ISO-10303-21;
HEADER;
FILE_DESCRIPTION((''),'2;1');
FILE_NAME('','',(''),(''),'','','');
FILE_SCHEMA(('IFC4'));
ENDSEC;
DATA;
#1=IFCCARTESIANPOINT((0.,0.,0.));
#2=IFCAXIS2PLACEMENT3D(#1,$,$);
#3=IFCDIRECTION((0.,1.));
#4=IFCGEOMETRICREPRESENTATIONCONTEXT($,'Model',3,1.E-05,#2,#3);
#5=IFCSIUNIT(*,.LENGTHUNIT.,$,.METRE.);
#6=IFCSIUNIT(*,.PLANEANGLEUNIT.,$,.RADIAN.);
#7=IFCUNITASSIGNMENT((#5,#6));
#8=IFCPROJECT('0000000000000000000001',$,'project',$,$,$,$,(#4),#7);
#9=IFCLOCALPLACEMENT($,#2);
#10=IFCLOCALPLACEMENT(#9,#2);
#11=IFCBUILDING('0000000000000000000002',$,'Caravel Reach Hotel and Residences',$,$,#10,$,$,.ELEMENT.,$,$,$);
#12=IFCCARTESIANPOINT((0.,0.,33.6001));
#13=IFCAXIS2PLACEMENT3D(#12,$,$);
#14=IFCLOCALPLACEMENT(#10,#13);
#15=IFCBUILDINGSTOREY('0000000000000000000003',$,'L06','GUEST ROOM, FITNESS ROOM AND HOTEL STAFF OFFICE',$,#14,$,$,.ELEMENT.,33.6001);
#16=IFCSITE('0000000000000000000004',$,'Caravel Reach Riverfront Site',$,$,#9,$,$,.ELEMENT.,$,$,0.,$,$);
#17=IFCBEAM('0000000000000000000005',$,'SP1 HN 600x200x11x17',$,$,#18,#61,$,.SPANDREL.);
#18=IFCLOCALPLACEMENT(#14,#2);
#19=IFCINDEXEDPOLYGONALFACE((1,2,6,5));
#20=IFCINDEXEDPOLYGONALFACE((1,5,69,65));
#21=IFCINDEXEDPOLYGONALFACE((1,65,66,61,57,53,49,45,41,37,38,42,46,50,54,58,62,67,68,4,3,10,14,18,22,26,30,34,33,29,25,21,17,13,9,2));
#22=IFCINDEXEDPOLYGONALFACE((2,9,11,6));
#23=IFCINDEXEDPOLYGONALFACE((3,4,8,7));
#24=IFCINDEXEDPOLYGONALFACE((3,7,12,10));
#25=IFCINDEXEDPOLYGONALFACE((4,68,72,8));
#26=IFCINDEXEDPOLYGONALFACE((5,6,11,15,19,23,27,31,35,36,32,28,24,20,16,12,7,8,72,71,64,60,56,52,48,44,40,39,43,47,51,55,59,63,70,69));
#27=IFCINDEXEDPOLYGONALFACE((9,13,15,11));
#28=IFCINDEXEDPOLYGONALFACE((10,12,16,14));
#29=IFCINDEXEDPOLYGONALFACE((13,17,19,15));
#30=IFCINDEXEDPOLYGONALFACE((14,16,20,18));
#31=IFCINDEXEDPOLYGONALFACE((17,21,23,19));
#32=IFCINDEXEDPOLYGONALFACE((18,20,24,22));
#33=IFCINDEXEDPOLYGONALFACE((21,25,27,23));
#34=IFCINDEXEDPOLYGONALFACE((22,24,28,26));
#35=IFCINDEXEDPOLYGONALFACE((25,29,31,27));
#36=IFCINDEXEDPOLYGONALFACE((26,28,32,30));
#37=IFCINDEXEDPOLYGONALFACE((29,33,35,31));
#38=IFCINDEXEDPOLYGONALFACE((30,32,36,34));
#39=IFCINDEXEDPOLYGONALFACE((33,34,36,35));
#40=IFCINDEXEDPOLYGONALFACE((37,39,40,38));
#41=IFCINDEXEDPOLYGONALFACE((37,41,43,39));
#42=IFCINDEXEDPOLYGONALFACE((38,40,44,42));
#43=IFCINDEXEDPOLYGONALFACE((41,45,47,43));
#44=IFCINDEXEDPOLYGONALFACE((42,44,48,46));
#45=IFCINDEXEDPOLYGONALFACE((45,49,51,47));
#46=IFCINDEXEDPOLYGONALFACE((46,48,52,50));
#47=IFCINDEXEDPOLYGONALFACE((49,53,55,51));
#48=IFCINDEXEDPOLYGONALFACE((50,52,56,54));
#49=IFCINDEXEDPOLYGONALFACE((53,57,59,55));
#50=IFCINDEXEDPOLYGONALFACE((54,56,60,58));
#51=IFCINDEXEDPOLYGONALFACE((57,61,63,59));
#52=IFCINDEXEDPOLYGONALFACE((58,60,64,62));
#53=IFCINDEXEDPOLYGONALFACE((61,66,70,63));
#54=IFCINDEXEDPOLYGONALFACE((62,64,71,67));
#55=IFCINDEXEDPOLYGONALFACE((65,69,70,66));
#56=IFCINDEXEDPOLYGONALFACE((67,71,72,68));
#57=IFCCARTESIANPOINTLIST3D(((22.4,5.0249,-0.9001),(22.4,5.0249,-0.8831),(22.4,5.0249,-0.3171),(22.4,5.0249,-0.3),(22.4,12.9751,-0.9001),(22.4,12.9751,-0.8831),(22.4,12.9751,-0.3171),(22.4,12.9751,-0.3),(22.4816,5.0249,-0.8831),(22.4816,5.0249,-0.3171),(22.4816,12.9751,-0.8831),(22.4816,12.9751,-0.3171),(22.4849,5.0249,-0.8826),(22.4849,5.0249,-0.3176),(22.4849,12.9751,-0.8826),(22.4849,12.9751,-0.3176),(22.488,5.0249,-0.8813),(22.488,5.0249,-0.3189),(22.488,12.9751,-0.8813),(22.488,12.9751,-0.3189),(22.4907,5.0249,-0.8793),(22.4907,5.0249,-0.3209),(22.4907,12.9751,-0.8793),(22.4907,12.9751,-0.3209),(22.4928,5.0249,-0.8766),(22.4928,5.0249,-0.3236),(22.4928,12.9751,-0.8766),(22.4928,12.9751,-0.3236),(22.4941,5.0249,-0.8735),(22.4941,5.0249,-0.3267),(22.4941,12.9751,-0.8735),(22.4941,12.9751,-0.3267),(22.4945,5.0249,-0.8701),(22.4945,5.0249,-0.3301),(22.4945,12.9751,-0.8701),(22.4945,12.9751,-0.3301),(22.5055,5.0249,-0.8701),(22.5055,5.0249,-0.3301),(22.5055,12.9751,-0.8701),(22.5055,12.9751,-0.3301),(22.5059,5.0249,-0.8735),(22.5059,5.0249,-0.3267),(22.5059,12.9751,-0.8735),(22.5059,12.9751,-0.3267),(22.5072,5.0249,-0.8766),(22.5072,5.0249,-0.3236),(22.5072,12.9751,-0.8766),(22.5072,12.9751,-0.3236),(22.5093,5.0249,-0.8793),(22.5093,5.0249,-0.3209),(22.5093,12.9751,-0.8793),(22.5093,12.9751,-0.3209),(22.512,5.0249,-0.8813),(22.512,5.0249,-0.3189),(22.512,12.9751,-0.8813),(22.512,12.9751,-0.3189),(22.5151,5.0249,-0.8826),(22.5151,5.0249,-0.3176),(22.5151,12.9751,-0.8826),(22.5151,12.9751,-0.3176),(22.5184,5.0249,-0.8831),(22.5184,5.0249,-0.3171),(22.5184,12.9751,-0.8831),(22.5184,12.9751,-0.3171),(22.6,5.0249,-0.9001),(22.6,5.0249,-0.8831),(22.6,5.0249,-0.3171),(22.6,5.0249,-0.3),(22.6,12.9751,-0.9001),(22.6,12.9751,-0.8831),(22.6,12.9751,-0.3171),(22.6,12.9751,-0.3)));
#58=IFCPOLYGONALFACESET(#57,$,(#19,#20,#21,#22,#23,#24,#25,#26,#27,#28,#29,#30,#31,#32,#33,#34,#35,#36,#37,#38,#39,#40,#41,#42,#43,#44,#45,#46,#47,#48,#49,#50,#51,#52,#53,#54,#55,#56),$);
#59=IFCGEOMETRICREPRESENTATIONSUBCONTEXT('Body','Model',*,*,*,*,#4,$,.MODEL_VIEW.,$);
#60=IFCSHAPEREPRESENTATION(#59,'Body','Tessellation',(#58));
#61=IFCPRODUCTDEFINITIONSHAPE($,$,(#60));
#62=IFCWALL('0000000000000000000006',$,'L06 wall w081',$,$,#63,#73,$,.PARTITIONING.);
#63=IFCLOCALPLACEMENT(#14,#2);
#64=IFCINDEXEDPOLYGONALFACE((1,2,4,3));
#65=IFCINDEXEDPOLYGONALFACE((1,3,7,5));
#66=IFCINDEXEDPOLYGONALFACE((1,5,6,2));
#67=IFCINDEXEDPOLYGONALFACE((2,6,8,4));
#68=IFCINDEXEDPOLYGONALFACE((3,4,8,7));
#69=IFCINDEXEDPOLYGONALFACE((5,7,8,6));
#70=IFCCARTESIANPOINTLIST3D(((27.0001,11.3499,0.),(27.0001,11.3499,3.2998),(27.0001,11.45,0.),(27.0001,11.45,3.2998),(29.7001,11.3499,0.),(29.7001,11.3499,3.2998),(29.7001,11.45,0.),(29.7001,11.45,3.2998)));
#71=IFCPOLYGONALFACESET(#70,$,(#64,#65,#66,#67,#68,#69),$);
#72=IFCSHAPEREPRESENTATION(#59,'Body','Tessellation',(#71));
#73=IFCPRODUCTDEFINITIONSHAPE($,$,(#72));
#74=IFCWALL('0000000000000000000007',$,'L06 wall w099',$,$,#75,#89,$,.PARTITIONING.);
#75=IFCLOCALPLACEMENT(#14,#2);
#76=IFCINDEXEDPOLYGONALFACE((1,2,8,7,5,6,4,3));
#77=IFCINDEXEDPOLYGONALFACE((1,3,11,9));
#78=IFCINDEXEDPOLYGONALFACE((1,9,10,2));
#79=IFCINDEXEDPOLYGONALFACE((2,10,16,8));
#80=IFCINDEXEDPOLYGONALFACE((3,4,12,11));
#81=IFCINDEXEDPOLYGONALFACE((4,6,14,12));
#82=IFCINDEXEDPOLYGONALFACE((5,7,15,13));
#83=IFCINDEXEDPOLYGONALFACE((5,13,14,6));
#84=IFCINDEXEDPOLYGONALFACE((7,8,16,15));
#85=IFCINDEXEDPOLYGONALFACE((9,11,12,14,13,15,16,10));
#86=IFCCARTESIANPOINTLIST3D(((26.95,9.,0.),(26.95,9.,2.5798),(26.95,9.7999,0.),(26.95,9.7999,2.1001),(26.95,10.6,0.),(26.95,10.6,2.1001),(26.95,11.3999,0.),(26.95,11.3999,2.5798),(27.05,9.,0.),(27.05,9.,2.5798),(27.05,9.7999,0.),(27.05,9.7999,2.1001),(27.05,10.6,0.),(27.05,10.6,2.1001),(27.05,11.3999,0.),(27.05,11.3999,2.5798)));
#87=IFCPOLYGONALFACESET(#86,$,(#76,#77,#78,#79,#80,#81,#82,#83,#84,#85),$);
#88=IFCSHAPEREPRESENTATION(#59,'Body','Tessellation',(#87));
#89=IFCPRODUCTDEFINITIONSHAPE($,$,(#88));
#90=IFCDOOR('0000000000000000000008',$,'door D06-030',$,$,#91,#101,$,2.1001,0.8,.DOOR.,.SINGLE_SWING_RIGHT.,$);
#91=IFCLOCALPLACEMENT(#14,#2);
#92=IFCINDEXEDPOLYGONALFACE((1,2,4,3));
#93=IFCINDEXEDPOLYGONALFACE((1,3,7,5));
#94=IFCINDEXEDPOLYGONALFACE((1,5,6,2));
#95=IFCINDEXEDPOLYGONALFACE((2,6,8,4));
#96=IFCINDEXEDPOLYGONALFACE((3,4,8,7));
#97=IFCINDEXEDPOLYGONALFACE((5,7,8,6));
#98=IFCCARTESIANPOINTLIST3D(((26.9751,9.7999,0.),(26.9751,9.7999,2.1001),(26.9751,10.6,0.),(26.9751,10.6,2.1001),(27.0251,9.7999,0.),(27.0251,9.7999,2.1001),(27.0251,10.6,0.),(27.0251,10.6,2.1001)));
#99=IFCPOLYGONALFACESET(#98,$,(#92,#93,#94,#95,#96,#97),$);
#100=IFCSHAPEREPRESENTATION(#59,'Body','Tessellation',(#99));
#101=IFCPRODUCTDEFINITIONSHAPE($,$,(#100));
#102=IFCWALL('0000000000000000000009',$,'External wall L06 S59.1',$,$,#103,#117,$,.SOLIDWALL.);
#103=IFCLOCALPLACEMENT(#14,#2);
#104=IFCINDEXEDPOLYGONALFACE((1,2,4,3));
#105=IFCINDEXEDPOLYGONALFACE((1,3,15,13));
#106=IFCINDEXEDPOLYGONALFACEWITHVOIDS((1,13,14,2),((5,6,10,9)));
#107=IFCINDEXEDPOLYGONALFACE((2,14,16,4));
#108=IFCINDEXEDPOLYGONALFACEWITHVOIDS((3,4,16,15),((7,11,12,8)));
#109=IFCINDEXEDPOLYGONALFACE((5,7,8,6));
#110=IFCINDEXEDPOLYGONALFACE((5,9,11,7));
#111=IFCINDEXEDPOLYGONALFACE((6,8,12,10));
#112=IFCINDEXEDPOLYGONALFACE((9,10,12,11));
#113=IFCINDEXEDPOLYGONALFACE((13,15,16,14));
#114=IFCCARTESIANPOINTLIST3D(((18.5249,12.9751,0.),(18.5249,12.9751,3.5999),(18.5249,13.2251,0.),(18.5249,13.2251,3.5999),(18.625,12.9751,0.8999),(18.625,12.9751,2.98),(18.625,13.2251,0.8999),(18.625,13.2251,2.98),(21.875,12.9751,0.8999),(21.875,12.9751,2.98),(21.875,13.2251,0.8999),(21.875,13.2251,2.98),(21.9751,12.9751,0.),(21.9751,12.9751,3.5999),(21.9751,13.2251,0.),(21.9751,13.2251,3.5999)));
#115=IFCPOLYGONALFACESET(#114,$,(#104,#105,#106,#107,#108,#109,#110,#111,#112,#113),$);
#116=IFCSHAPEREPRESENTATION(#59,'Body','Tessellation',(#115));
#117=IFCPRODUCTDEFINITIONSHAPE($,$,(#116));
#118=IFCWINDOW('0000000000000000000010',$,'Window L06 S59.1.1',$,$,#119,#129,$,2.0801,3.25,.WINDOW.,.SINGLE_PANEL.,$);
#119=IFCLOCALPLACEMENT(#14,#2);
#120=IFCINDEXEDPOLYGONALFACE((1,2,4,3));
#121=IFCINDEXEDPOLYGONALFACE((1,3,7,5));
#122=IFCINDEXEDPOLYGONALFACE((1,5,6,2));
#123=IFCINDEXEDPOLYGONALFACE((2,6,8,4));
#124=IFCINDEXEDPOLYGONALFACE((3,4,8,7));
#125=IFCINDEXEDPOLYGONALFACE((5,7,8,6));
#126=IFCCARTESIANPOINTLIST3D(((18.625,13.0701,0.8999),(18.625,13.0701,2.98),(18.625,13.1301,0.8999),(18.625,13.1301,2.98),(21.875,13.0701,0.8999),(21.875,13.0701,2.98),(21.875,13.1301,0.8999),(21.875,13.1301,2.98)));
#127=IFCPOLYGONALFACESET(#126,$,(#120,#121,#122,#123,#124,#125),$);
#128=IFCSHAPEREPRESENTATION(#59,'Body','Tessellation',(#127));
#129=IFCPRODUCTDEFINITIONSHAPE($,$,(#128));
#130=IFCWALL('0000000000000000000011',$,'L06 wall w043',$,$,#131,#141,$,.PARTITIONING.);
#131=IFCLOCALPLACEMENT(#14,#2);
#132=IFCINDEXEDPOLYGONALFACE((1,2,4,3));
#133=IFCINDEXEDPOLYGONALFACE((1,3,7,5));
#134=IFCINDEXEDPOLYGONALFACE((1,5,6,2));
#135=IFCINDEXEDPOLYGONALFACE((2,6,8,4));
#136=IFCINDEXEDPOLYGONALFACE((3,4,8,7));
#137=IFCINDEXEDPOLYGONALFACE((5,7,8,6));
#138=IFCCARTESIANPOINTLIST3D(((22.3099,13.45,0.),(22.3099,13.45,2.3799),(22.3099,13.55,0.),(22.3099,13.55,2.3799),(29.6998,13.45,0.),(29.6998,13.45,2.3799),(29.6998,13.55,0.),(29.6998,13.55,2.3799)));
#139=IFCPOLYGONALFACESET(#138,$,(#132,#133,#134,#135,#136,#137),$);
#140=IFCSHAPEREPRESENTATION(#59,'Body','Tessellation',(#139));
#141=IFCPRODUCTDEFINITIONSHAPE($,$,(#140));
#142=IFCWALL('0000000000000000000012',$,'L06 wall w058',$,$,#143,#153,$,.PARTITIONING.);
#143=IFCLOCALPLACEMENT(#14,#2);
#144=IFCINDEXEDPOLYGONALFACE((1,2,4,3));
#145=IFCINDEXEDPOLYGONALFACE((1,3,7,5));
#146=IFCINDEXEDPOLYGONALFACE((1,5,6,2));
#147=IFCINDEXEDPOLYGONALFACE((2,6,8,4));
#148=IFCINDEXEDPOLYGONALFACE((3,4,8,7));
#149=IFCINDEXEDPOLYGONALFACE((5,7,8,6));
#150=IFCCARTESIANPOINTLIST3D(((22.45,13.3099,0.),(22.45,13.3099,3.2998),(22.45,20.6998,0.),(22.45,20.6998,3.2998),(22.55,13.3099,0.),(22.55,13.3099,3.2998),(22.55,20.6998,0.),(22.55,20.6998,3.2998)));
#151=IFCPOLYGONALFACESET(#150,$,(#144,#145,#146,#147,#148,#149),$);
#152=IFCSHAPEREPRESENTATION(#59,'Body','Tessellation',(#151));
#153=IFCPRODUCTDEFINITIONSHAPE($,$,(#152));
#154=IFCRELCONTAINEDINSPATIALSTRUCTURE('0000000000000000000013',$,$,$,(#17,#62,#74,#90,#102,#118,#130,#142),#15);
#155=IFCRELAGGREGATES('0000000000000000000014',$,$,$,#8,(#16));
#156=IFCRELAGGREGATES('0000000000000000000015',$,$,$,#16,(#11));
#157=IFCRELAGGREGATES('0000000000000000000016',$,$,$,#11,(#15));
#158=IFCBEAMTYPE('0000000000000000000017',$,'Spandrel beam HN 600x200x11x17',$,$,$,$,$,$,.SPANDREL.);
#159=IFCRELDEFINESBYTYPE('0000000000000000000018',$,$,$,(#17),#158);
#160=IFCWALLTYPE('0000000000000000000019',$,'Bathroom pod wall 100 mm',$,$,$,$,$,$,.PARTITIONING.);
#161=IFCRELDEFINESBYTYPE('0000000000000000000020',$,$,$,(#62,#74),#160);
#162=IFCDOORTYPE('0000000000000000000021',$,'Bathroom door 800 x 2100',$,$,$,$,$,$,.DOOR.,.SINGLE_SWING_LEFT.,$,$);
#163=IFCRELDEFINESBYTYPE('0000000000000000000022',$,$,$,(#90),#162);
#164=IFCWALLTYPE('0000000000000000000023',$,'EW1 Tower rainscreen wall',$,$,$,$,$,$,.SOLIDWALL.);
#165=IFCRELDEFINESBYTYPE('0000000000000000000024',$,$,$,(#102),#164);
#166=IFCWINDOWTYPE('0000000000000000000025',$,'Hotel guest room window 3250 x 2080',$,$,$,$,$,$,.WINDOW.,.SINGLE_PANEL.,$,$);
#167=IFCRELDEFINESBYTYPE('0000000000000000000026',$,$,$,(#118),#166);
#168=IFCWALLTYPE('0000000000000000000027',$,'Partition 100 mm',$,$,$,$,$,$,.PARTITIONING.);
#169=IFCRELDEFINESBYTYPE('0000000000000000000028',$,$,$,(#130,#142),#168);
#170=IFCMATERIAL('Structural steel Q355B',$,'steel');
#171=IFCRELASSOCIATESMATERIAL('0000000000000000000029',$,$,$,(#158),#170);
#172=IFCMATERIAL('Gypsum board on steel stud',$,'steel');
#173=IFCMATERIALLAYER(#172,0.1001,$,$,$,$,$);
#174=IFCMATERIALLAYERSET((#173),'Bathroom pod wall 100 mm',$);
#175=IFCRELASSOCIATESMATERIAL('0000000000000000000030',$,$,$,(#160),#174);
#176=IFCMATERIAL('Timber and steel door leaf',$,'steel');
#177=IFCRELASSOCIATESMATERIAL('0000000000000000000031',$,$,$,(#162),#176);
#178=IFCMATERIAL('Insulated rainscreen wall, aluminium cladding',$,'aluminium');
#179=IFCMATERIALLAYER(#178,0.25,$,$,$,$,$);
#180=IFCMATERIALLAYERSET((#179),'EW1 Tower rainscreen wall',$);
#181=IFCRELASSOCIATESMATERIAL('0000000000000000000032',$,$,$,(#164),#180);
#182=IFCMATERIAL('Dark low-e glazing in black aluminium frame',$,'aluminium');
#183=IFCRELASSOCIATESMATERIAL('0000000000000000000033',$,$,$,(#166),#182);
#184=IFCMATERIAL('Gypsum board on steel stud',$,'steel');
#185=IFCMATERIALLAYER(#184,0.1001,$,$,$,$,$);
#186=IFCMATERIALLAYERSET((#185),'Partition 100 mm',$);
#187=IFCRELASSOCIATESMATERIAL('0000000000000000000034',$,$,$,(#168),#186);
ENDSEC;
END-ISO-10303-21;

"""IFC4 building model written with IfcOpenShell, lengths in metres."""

from ifc_helpers import new_model, si_unit, direction, frame, frame_2d, origin, origin_2d, place, context, subcontext, project, spatial, rectangle, i_section, extrude, material, layer, layer_set, material_profile, profile_set, type_object, element, fill, save


model = new_model("IFC4")

# Units and contexts
model_context = context("Model", 3, precision=1e-05, world=origin(), true_north=direction((0.0, 1.0)))
body_context = subcontext(model_context, "Body", "Model", "MODEL_VIEW")
ifc_project = project(units=[si_unit("LENGTHUNIT", "METRE"), si_unit("PLANEANGLEUNIT", "RADIAN")], contexts=[model_context])

# Site, building, storey
site_placement = place(None, origin())
site = spatial("IfcSite", under=ifc_project, at=site_placement, Name="Caravel Reach Riverfront Site", CompositionType="ELEMENT", RefElevation=0.0)
building_placement = place(site_placement, origin())
building = spatial("IfcBuilding", under=site, at=building_placement, Name="Caravel Reach Hotel and Residences", CompositionType="ELEMENT")
storey_placement = place(building_placement, frame((0.0, 0.0, 33.6001)))
storey = spatial("IfcBuildingStorey", under=building, at=storey_placement, Name="L06", Description="GUEST ROOM, FITNESS ROOM AND HOTEL STAFF OFFICE", CompositionType="ELEMENT", Elevation=33.6001)

# Beam
ifc_material_1 = material(Name="Structural steel Q355B", Category="steel")
ifc_material_profile_1 = material_profile(ifc_material_1, i_section(OverallWidth=0.2, OverallDepth=0.6001, WebThickness=0.011, FlangeThickness=0.0171, FilletRadius=0.0129, at=origin_2d()), Name="HN 600x200x11x17")
ifc_profile_set_1 = profile_set([ifc_material_profile_1], Name="Structural steel Q355B")
beam_type_1 = type_object("IfcBeamType", Name="Spandrel beam HN 600x200x11x17", PredefinedType="SPANDREL", material=ifc_profile_set_1)
beam_1_placement = place(storey_placement, frame((22.5, 12.9751, -0.6001), z_axis=(0.0, -1.0, 0.0), x_axis=(1.0, 0.0, 0.0)))
element("IfcBeam", 1, at=beam_1_placement, inside=storey, type_object=beam_type_1, Name="SP1 HN 600x200x11x17", PredefinedType="SPANDREL", context=body_context, shape_type="SweptSolid", body=[
    extrude(i_section(OverallWidth=0.2, OverallDepth=0.6001, WebThickness=0.011, FlangeThickness=0.0171, FilletRadius=0.0129, at=origin_2d()), origin(), (0.0, 0.0, 1.0), 7.9502),
])

# Wall
ifc_material_2 = material(Name="Gypsum board on steel stud", Category="steel")
ifc_layer_1 = layer(ifc_material_2, 0.1001)
ifc_layer_set_1 = layer_set([ifc_layer_1], Name="Bathroom pod wall 100 mm")
wall_type_1 = type_object("IfcWallType", Name="Bathroom pod wall 100 mm", PredefinedType="PARTITIONING", material=ifc_layer_set_1)
wall_1_placement = place(storey_placement, frame((27.0, 11.3999, 0.0), z_axis=(0.0, 0.0, 1.0), x_axis=(1.0, 0.0, 0.0)))
element("IfcWall", 2, at=wall_1_placement, inside=storey, type_object=wall_type_1, Name="L06 wall w081", PredefinedType="PARTITIONING", context=body_context, shape_type="SweptSolid", body=[
    extrude(rectangle(XDim=2.7, YDim=0.1001, at=frame_2d((1.3501, 0.0))), origin(), (0.0, 0.0, 1.0), 3.2998),
])

# Wall, opening, door
wall_2_placement = place(storey_placement, frame((27.0, 9.0, 0.0), z_axis=(0.0, 0.0, 1.0), x_axis=(0.0, 1.0, 0.0)))
wall_2 = element("IfcWall", 3, at=wall_2_placement, inside=storey, type_object=wall_type_1, Name="L06 wall w099", PredefinedType="PARTITIONING", context=body_context, shape_type="SweptSolid", body=[
    extrude(rectangle(XDim=2.3999, YDim=0.1001, at=frame_2d((1.2, 0.0))), origin(), (0.0, 0.0, 1.0), 2.5798),
])
opening_1_placement = place(wall_2_placement, frame((0.8, 0.0, 0.0)))
opening_1 = element("IfcOpeningElement", 4, at=opening_1_placement, cuts=wall_2, PredefinedType="OPENING", context=body_context, shape_type="SweptSolid", body=[
    extrude(rectangle(XDim=0.8, YDim=2.1001, at=frame_2d((0.3999, 1.05))), frame((0.0, 0.0601, 0.0), z_axis=(0.0, -1.0, 0.0), x_axis=(1.0, 0.0, 0.0)), (0.0, 0.0, 1.0), 0.1201),
])
ifc_material_3 = material(Name="Timber and steel door leaf", Category="steel")
door_type_1 = type_object("IfcDoorType", Name="Bathroom door 800 x 2100", OperationType="SINGLE_SWING_LEFT", PredefinedType="DOOR", material=ifc_material_3)
door_1_placement = place(opening_1_placement, origin())
door_1 = element("IfcDoor", 5, at=door_1_placement, inside=storey, type_object=door_type_1, Name="door D06-030", OperationType="SINGLE_SWING_RIGHT", OverallHeight=2.1001, OverallWidth=0.8, PredefinedType="DOOR", context=body_context, shape_type="SweptSolid", body=[
    extrude(rectangle(XDim=0.8, YDim=2.1001, at=frame_2d((0.3999, 1.05))), frame((0.0, 0.0249, 0.0), z_axis=(0.0, -1.0, 0.0), x_axis=(1.0, 0.0, 0.0)), (0.0, 0.0, 1.0), 0.05),
])
fill(opening_1, door_1)

# Wall, opening, window
ifc_material_4 = material(Name="Insulated rainscreen wall, aluminium cladding", Category="aluminium")
ifc_layer_2 = layer(ifc_material_4, 0.25)
ifc_layer_set_2 = layer_set([ifc_layer_2], Name="EW1 Tower rainscreen wall")
wall_type_2 = type_object("IfcWallType", Name="EW1 Tower rainscreen wall", PredefinedType="SOLIDWALL", material=ifc_layer_set_2)
wall_3_placement = place(storey_placement, frame((18.5249, 13.1001, 0.0), z_axis=(0.0, 0.0, 1.0), x_axis=(1.0, 0.0, 0.0)))
wall_3 = element("IfcWall", 6, at=wall_3_placement, inside=storey, type_object=wall_type_2, Name="External wall L06 S59.1", PredefinedType="SOLIDWALL", context=body_context, shape_type="SweptSolid", body=[
    extrude(rectangle(XDim=3.4502, YDim=0.25, at=frame_2d((1.7251, 0.0))), origin(), (0.0, 0.0, 1.0), 3.5999),
])
opening_2_placement = place(wall_3_placement, frame((0.1001, 0.0, 0.8999)))
opening_2 = element("IfcOpeningElement", 7, at=opening_2_placement, cuts=wall_3, PredefinedType="OPENING", context=body_context, shape_type="SweptSolid", body=[
    extrude(rectangle(XDim=3.25, YDim=2.0801, at=frame_2d((1.625, 1.04))), frame((0.0, 0.135, 0.0), z_axis=(0.0, -1.0, 0.0), x_axis=(1.0, 0.0, 0.0)), (0.0, 0.0, 1.0), 0.27),
])
ifc_material_5 = material(Name="Dark low-e glazing in black aluminium frame", Category="aluminium")
window_type = type_object("IfcWindowType", Name="Hotel guest room window 3250 x 2080", PartitioningType="SINGLE_PANEL", PredefinedType="WINDOW", material=ifc_material_5)
window_1_placement = place(opening_2_placement, origin())
window_1 = element("IfcWindow", 8, at=window_1_placement, inside=storey, type_object=window_type, Name="Window L06 S59.1.1", OverallHeight=2.0801, OverallWidth=3.25, PartitioningType="SINGLE_PANEL", PredefinedType="WINDOW", context=body_context, shape_type="SweptSolid", body=[
    extrude(rectangle(XDim=3.25, YDim=2.0801, at=frame_2d((1.625, 1.04))), frame((0.0, 0.03, 0.0), z_axis=(0.0, -1.0, 0.0), x_axis=(1.0, 0.0, 0.0)), (0.0, 0.0, 1.0), 0.0601),
])
fill(opening_2, window_1)

# Walls
ifc_material_6 = material(Name="Gypsum board on steel stud", Category="steel")
ifc_layer_3 = layer(ifc_material_6, 0.1001)
ifc_layer_set_3 = layer_set([ifc_layer_3], Name="Partition 100 mm")
wall_type_3 = type_object("IfcWallType", Name="Partition 100 mm", PredefinedType="PARTITIONING", material=ifc_layer_set_3)
wall_4_placement = place(storey_placement, frame((22.3101, 13.5, 0.0), z_axis=(0.0, 0.0, 1.0), x_axis=(1.0, 0.0, 0.0)))
element("IfcWall", 9, at=wall_4_placement, inside=storey, type_object=wall_type_3, Name="L06 wall w043", PredefinedType="PARTITIONING", context=body_context, shape_type="SweptSolid", body=[
    extrude(rectangle(XDim=7.3899, YDim=0.1001, at=frame_2d((3.6948, 0.0))), origin(), (0.0, 0.0, 1.0), 2.3799),
])
wall_5_placement = place(storey_placement, frame((22.5, 13.3101, 0.0), z_axis=(0.0, 0.0, 1.0), x_axis=(0.0, 1.0, 0.0)))
element("IfcWall", 10, at=wall_5_placement, inside=storey, type_object=wall_type_3, Name="L06 wall w058", PredefinedType="PARTITIONING", context=body_context, shape_type="SweptSolid", body=[
    extrude(rectangle(XDim=7.3899, YDim=0.1001, at=frame_2d((3.6948, 0.0))), origin(), (0.0, 0.0, 1.0), 3.2998),
])

save(model, "model.ifc")
